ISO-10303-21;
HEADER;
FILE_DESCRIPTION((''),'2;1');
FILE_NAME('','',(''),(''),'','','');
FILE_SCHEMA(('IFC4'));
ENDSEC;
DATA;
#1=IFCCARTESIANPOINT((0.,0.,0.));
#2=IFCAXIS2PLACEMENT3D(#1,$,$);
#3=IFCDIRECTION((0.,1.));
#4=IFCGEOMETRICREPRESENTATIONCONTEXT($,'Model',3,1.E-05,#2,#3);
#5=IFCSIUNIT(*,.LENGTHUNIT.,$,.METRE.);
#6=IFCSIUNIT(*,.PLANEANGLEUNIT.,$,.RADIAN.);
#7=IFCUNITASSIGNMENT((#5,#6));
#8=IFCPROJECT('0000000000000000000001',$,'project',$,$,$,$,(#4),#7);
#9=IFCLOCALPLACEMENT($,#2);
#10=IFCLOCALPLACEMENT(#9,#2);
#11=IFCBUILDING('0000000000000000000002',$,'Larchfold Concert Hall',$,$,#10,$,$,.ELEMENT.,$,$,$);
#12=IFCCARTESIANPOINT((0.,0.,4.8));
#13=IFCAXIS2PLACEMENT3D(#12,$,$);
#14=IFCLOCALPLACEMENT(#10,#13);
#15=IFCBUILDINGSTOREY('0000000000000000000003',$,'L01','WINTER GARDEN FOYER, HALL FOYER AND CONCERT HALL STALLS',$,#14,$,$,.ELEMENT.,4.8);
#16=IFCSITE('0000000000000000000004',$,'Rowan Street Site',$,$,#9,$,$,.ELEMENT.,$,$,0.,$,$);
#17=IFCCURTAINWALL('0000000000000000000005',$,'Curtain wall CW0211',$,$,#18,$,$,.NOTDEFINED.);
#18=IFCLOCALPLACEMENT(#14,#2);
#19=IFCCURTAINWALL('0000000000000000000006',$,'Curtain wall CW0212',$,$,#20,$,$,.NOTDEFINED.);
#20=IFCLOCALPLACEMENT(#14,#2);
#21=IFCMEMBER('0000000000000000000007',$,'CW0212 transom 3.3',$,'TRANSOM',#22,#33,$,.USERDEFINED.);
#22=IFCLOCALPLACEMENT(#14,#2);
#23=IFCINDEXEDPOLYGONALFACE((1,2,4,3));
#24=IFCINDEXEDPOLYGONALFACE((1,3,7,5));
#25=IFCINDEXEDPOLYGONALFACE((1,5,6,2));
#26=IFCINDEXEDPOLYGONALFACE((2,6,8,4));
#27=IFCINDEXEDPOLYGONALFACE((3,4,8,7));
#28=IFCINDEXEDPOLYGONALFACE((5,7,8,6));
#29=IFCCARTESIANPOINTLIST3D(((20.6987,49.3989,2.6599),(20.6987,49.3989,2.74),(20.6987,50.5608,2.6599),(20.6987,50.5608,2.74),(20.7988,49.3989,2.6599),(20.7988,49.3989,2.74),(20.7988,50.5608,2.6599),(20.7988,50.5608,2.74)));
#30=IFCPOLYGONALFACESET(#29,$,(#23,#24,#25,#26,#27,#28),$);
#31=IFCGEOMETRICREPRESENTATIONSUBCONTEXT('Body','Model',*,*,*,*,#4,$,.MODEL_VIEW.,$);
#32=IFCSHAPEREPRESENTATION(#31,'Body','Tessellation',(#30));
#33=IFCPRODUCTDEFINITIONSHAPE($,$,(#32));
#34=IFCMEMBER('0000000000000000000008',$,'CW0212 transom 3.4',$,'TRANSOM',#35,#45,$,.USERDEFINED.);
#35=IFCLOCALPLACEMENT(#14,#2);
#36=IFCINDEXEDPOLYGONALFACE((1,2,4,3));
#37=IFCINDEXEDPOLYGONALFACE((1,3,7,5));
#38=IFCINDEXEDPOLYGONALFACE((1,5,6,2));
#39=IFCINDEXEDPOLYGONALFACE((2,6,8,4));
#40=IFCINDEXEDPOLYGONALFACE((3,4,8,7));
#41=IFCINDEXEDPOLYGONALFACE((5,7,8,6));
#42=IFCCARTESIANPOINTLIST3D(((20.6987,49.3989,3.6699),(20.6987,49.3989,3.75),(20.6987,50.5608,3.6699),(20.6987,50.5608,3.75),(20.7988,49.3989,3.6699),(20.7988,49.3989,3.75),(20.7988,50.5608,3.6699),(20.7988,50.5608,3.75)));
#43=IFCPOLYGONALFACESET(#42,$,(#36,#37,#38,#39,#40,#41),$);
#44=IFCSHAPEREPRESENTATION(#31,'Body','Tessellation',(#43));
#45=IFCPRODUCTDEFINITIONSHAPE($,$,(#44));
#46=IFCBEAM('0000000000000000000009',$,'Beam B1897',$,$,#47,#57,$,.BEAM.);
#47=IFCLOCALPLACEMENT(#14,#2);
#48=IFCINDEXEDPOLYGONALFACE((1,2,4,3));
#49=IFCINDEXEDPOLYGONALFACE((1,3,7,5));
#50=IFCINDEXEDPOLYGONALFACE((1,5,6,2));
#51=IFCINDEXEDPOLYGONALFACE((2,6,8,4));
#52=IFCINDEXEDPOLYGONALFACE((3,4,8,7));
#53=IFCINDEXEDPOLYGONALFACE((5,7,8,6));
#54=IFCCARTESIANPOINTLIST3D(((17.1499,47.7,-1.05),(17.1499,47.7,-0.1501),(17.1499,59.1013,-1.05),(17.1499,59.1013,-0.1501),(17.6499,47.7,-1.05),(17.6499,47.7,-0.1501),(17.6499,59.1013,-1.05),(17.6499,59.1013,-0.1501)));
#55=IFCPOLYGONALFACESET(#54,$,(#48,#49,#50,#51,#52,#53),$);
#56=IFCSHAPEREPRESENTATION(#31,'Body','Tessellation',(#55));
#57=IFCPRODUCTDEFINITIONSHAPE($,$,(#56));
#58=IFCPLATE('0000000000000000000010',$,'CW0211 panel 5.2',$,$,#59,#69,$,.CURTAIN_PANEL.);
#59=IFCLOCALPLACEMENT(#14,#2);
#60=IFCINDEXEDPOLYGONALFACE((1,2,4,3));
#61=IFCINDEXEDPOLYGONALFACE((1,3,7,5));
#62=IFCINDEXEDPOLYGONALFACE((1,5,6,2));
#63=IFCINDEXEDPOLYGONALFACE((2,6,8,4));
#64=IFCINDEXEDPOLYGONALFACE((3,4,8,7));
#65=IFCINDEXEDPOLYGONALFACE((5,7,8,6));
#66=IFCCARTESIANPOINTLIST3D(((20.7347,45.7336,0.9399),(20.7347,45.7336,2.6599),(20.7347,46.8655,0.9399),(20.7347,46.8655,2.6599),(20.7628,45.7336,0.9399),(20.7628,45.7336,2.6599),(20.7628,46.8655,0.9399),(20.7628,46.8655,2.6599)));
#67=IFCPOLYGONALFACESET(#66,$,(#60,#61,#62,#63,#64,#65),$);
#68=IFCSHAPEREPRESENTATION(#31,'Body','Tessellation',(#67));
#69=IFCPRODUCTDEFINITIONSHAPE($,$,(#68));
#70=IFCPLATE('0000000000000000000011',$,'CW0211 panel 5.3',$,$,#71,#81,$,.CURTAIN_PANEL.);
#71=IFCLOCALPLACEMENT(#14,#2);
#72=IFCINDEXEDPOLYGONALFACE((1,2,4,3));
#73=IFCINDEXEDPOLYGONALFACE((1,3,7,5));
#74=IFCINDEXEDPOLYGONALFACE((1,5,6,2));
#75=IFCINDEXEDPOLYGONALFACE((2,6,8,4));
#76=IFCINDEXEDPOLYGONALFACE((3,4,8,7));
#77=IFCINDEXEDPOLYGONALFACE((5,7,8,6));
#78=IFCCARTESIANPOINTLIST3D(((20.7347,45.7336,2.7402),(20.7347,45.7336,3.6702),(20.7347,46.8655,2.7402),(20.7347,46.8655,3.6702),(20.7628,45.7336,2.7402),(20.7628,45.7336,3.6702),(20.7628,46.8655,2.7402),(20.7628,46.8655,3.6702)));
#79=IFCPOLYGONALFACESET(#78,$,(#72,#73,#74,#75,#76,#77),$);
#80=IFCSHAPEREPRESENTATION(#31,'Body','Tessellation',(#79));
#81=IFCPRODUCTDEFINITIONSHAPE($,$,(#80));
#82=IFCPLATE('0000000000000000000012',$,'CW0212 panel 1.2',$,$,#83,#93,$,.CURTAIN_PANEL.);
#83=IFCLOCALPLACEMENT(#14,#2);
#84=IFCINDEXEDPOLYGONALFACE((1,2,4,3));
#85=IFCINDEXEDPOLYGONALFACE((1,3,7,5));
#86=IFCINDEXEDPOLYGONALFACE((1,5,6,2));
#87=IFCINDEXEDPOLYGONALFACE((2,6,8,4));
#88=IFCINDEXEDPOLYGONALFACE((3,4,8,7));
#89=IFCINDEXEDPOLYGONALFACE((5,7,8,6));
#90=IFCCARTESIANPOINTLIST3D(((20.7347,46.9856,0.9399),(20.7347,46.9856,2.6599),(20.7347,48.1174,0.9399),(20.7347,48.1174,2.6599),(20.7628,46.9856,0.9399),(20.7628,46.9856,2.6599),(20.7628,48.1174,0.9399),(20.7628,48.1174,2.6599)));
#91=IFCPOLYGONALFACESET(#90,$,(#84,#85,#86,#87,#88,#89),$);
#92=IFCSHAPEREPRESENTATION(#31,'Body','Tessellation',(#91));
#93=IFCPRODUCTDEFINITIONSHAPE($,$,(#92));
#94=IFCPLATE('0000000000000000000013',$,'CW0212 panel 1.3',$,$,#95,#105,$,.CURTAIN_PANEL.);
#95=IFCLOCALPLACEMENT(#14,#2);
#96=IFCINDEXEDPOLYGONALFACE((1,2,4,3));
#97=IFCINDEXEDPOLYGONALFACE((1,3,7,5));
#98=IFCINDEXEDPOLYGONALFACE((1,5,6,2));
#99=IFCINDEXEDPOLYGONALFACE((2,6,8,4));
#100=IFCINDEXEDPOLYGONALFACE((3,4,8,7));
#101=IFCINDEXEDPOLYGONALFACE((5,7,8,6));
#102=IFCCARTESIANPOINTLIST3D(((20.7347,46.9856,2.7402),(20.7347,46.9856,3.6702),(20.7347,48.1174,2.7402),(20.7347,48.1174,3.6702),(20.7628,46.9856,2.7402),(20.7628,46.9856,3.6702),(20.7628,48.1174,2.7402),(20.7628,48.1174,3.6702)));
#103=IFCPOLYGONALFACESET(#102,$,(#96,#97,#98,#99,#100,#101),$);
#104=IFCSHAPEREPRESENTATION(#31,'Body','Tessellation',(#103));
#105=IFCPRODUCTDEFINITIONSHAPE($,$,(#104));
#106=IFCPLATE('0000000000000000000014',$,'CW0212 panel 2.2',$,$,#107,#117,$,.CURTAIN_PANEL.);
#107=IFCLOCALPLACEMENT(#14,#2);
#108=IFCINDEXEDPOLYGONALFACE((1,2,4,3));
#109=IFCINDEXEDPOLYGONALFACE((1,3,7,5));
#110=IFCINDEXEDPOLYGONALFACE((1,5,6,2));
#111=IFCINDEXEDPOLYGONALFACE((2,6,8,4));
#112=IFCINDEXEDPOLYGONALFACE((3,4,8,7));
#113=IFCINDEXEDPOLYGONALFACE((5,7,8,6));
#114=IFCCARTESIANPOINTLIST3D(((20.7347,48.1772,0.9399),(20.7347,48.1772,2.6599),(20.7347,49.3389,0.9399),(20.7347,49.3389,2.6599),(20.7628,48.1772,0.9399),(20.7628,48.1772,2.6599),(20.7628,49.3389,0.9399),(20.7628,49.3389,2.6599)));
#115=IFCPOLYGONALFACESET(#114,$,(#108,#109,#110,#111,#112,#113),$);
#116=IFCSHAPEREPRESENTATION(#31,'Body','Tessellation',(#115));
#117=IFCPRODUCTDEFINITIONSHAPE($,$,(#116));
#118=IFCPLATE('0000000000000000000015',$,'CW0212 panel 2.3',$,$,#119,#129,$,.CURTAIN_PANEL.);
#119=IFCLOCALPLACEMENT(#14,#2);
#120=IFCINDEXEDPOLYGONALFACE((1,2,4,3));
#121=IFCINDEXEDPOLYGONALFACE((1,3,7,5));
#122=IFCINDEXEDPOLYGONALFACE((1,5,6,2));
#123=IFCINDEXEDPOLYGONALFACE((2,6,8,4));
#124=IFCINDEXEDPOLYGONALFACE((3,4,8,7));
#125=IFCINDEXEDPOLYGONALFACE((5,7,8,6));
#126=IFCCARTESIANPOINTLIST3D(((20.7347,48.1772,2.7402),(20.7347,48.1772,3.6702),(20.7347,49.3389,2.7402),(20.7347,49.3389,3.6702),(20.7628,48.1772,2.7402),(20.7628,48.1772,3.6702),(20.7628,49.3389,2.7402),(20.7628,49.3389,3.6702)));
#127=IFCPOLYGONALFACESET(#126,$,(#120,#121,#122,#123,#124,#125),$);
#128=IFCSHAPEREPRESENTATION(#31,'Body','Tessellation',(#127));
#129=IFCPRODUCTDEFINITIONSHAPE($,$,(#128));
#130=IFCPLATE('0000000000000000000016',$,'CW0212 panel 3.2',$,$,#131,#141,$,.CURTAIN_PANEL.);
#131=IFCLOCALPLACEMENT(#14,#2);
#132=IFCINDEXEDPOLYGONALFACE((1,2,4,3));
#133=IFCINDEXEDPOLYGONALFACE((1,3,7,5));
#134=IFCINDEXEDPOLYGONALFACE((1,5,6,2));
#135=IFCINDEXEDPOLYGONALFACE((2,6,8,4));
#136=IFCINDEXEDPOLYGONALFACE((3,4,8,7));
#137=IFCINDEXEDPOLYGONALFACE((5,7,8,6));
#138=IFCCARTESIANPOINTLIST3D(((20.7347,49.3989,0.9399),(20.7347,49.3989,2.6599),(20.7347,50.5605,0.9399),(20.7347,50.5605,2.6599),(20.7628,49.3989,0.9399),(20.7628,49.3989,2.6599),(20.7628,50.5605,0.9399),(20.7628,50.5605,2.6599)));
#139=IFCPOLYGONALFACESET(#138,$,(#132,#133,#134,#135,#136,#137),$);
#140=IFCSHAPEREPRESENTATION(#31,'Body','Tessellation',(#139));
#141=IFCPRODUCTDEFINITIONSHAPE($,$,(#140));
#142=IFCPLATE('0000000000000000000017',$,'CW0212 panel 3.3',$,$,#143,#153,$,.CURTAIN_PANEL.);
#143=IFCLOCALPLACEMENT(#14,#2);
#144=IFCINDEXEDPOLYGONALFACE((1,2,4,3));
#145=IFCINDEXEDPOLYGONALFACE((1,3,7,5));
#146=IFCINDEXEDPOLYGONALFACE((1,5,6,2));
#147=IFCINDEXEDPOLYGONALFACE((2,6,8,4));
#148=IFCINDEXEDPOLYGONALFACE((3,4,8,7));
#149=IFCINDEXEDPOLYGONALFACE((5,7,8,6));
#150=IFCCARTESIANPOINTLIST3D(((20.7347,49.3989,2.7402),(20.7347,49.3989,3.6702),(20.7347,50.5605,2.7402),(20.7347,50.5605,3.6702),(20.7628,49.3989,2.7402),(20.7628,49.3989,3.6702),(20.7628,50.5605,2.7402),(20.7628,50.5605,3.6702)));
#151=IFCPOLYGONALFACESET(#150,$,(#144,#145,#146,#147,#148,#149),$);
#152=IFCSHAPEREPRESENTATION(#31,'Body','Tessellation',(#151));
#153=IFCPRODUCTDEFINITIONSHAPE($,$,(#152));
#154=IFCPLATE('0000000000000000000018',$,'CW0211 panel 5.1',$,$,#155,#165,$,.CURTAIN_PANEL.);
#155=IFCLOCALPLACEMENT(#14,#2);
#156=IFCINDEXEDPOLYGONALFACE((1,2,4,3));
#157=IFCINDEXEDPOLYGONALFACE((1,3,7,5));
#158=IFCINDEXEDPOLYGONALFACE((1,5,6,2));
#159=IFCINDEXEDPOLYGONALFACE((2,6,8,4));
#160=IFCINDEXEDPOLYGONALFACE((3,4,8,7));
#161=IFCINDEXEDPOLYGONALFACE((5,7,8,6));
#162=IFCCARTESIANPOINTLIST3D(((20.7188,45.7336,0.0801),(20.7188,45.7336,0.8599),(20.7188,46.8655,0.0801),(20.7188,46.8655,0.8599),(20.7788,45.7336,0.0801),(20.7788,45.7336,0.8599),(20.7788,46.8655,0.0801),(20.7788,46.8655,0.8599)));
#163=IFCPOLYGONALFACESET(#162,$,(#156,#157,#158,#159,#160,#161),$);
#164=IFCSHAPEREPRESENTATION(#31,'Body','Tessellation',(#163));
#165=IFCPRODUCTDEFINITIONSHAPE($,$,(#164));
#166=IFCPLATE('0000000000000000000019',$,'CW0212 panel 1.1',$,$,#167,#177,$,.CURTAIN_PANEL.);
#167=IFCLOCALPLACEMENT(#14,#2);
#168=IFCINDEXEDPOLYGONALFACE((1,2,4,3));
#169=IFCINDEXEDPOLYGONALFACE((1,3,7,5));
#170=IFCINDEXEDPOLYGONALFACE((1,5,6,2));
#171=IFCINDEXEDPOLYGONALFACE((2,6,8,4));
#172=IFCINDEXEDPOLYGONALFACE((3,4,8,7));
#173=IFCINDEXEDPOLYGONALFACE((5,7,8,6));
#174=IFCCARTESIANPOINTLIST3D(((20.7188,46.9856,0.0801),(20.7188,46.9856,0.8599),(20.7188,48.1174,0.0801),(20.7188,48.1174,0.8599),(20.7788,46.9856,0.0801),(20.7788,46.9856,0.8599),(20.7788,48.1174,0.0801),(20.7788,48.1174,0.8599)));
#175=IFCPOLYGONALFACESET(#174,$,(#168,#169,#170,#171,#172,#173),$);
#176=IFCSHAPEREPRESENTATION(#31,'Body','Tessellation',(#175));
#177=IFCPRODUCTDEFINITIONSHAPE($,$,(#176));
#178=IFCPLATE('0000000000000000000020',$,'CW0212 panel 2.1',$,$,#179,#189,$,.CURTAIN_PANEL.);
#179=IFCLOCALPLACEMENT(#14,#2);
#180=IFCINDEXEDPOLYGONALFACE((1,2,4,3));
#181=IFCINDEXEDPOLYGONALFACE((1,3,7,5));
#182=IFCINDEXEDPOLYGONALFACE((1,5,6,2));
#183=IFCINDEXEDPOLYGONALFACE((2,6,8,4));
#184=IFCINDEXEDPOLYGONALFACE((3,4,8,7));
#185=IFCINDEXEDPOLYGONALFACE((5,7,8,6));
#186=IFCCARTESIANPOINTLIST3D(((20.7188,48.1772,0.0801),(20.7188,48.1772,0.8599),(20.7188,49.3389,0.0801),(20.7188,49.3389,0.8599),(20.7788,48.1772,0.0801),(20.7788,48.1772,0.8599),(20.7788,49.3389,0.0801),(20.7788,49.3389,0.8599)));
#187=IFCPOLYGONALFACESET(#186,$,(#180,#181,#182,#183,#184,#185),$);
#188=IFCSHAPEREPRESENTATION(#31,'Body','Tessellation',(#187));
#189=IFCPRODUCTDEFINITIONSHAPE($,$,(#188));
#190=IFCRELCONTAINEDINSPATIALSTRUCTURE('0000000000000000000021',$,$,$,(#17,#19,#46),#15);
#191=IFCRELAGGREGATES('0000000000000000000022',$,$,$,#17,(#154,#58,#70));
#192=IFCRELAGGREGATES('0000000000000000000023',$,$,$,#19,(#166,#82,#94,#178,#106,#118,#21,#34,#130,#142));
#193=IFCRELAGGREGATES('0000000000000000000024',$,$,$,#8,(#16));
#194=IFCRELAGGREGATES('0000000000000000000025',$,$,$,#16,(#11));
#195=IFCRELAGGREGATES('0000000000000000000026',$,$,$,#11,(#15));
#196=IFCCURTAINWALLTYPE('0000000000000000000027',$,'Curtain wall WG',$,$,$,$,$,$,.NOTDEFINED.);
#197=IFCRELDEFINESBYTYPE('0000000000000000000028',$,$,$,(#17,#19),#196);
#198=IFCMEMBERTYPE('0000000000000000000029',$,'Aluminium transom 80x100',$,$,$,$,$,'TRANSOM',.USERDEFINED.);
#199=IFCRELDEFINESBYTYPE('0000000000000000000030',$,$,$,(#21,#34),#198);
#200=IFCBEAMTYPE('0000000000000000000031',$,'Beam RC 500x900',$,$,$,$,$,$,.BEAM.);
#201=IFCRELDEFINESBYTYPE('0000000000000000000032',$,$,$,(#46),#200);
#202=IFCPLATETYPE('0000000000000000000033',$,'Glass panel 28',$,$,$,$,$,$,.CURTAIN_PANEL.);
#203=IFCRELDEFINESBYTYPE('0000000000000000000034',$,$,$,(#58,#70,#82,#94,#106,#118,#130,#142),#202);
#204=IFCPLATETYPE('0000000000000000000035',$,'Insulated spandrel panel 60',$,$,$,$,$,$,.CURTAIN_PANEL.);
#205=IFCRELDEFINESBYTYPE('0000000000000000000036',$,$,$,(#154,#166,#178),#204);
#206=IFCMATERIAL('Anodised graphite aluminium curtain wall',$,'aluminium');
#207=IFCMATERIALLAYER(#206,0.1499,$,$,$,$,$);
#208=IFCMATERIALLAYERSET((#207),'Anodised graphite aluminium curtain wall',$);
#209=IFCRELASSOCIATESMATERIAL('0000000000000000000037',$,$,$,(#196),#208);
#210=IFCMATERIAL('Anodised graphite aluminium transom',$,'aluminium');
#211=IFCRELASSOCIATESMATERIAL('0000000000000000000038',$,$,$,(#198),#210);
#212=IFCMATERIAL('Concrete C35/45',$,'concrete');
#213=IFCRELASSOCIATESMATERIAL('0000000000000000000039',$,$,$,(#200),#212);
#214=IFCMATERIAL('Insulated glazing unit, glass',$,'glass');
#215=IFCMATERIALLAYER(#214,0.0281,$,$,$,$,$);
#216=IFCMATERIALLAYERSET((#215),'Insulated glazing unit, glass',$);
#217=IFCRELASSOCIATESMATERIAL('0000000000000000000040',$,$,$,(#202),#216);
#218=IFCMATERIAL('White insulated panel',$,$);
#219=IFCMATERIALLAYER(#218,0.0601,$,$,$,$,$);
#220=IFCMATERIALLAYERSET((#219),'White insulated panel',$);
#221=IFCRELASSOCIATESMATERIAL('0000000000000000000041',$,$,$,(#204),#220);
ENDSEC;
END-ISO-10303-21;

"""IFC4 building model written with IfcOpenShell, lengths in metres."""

from ifc_helpers import new_model, si_unit, direction, frame, origin, origin_2d, place, context, subcontext, project, spatial, rectangle, extrude, material, layer, layer_set, material_profile, profile_set, type_object, element, aggregate, save


model = new_model("IFC4")

# Units and contexts
model_context = context("Model", 3, precision=1e-05, world=origin(), true_north=direction((0.0, 1.0)))
body_context = subcontext(model_context, "Body", "Model", "MODEL_VIEW")
ifc_project = project(units=[si_unit("LENGTHUNIT", "METRE"), si_unit("PLANEANGLEUNIT", "RADIAN")], contexts=[model_context])

# Site, building, storey
site_placement = place(None, origin())
site = spatial("IfcSite", under=ifc_project, at=site_placement, Name="Rowan Street Site", CompositionType="ELEMENT", RefElevation=0.0)
building_placement = place(site_placement, origin())
building = spatial("IfcBuilding", under=site, at=building_placement, Name="Larchfold Concert Hall", CompositionType="ELEMENT")
storey_placement = place(building_placement, frame((0.0, 0.0, 4.8)))
storey = spatial("IfcBuildingStorey", under=building, at=storey_placement, Name="L01", Description="WINTER GARDEN FOYER, HALL FOYER AND CONCERT HALL STALLS", CompositionType="ELEMENT", Elevation=4.8)

# Curtain wall
ifc_material_1 = material(Name="Anodised graphite aluminium curtain wall", Category="aluminium")
ifc_layer_1 = layer(ifc_material_1, 0.1499)
ifc_layer_set_1 = layer_set([ifc_layer_1], Name="Anodised graphite aluminium curtain wall")
curtain_wall_type = type_object("IfcCurtainWallType", Name="Curtain wall WG", PredefinedType="NOTDEFINED", material=ifc_layer_set_1)
curtain_wall_1_placement = place(storey_placement, origin())
curtain_wall_1 = element("IfcCurtainWall", 1, at=curtain_wall_1_placement, inside=storey, type_object=curtain_wall_type, Name="Curtain wall CW0211", PredefinedType="NOTDEFINED")

# Curtain wall, members
curtain_wall_2_placement = place(storey_placement, origin())
curtain_wall_2 = element("IfcCurtainWall", 2, at=curtain_wall_2_placement, inside=storey, type_object=curtain_wall_type, Name="Curtain wall CW0212", PredefinedType="NOTDEFINED")
ifc_material_2 = material(Name="Anodised graphite aluminium transom", Category="aluminium")
ifc_material_profile_1 = material_profile(ifc_material_2, rectangle(XDim=0.1001, YDim=0.0801, at=origin_2d()))
ifc_profile_set_1 = profile_set([ifc_material_profile_1], Name="Anodised graphite aluminium transom")
member_type_1 = type_object("IfcMemberType", Name="Aluminium transom 80x100", ElementType="TRANSOM", PredefinedType="USERDEFINED", material=ifc_profile_set_1)
member_1_placement = place(storey_placement, frame((20.7488, 49.3989, 2.7), z_axis=(0.0, 1.0, 0.0), x_axis=(-1.0, 0.0, 0.0)))
member_1 = element("IfcMember", 3, at=member_1_placement, type_object=member_type_1, Name="CW0212 transom 3.3", ObjectType="TRANSOM", PredefinedType="USERDEFINED", context=body_context, shape_type="SweptSolid", body=[
    extrude(rectangle(XDim=0.1001, YDim=0.0801, at=origin_2d()), origin(), (0.0, 0.0, 1.0), 1.1619),
])
member_2_placement = place(storey_placement, frame((20.7488, 49.3989, 3.71), z_axis=(0.0, 1.0, 0.0), x_axis=(-1.0, 0.0, 0.0)))
member_2 = element("IfcMember", 4, at=member_2_placement, type_object=member_type_1, Name="CW0212 transom 3.4", ObjectType="TRANSOM", PredefinedType="USERDEFINED", context=body_context, shape_type="SweptSolid", body=[
    extrude(rectangle(XDim=0.1001, YDim=0.0801, at=origin_2d()), origin(), (0.0, 0.0, 1.0), 1.1619),
])

# Beam
ifc_material_3 = material(Name="Concrete C35/45", Category="concrete")
ifc_material_profile_2 = material_profile(ifc_material_3, rectangle(XDim=0.5, YDim=0.8999, at=origin_2d()))
ifc_profile_set_2 = profile_set([ifc_material_profile_2], Name="Concrete C35/45")
beam_type = type_object("IfcBeamType", Name="Beam RC 500x900", PredefinedType="BEAM", material=ifc_profile_set_2)
beam_placement = place(storey_placement, frame((17.3999, 47.7, -0.6001), z_axis=(0.0, 1.0, 0.0), x_axis=(-1.0, 0.0, 0.0)))
element("IfcBeam", 5, at=beam_placement, inside=storey, type_object=beam_type, Name="Beam B1897", PredefinedType="BEAM", context=body_context, shape_type="SweptSolid", body=[
    extrude(rectangle(XDim=0.5, YDim=0.8999, at=origin_2d()), origin(), (0.0, 0.0, 1.0), 11.4014),
])

# Plates
ifc_material_4 = material(Name="Insulated glazing unit, glass", Category="glass")
ifc_layer_2 = layer(ifc_material_4, 0.0281)
ifc_layer_set_2 = layer_set([ifc_layer_2], Name="Insulated glazing unit, glass")
plate_type_1 = type_object("IfcPlateType", Name="Glass panel 28", PredefinedType="CURTAIN_PANEL", material=ifc_layer_set_2)
plate_1_placement = place(storey_placement, frame((20.7488, 46.2996, 0.9399), z_axis=(0.0, 0.0, 1.0), x_axis=(0.0, 1.0, 0.0)))
plate_1 = element("IfcPlate", 6, at=plate_1_placement, type_object=plate_type_1, Name="CW0211 panel 5.2", PredefinedType="CURTAIN_PANEL", context=body_context, shape_type="SweptSolid", body=[
    extrude(rectangle(XDim=1.1318, YDim=0.0281, at=origin_2d()), origin(), (0.0, 0.0, 1.0), 1.72),
])
plate_2_placement = place(storey_placement, frame((20.7488, 46.2996, 2.7402), z_axis=(0.0, 0.0, 1.0), x_axis=(0.0, 1.0, 0.0)))
plate_2 = element("IfcPlate", 7, at=plate_2_placement, type_object=plate_type_1, Name="CW0211 panel 5.3", PredefinedType="CURTAIN_PANEL", context=body_context, shape_type="SweptSolid", body=[
    extrude(rectangle(XDim=1.1318, YDim=0.0281, at=origin_2d()), origin(), (0.0, 0.0, 1.0), 0.9299),
])
plate_3_placement = place(storey_placement, frame((20.7488, 47.5515, 0.9399), z_axis=(0.0, 0.0, 1.0), x_axis=(0.0, 1.0, 0.0)))
plate_3 = element("IfcPlate", 8, at=plate_3_placement, type_object=plate_type_1, Name="CW0212 panel 1.2", PredefinedType="CURTAIN_PANEL", context=body_context, shape_type="SweptSolid", body=[
    extrude(rectangle(XDim=1.1318, YDim=0.0281, at=origin_2d()), origin(), (0.0, 0.0, 1.0), 1.72),
])
plate_4_placement = place(storey_placement, frame((20.7488, 47.5515, 2.7402), z_axis=(0.0, 0.0, 1.0), x_axis=(0.0, 1.0, 0.0)))
plate_4 = element("IfcPlate", 9, at=plate_4_placement, type_object=plate_type_1, Name="CW0212 panel 1.3", PredefinedType="CURTAIN_PANEL", context=body_context, shape_type="SweptSolid", body=[
    extrude(rectangle(XDim=1.1318, YDim=0.0281, at=origin_2d()), origin(), (0.0, 0.0, 1.0), 0.9299),
])
plate_5_placement = place(storey_placement, frame((20.7488, 48.7581, 0.9399), z_axis=(0.0, 0.0, 1.0), x_axis=(0.0, 1.0, 0.0)))
plate_5 = element("IfcPlate", 10, at=plate_5_placement, type_object=plate_type_1, Name="CW0212 panel 2.2", PredefinedType="CURTAIN_PANEL", context=body_context, shape_type="SweptSolid", body=[
    extrude(rectangle(XDim=1.1616, YDim=0.0281, at=origin_2d()), origin(), (0.0, 0.0, 1.0), 1.72),
])
plate_6_placement = place(storey_placement, frame((20.7488, 48.7581, 2.7402), z_axis=(0.0, 0.0, 1.0), x_axis=(0.0, 1.0, 0.0)))
plate_6 = element("IfcPlate", 11, at=plate_6_placement, type_object=plate_type_1, Name="CW0212 panel 2.3", PredefinedType="CURTAIN_PANEL", context=body_context, shape_type="SweptSolid", body=[
    extrude(rectangle(XDim=1.1616, YDim=0.0281, at=origin_2d()), origin(), (0.0, 0.0, 1.0), 0.9299),
])
plate_7_placement = place(storey_placement, frame((20.7488, 49.9797, 0.9399), z_axis=(0.0, 0.0, 1.0), x_axis=(0.0, 1.0, 0.0)))
plate_7 = element("IfcPlate", 12, at=plate_7_placement, type_object=plate_type_1, Name="CW0212 panel 3.2", PredefinedType="CURTAIN_PANEL", context=body_context, shape_type="SweptSolid", body=[
    extrude(rectangle(XDim=1.1616, YDim=0.0281, at=origin_2d()), origin(), (0.0, 0.0, 1.0), 1.72),
])
plate_8_placement = place(storey_placement, frame((20.7488, 49.9797, 2.7402), z_axis=(0.0, 0.0, 1.0), x_axis=(0.0, 1.0, 0.0)))
plate_8 = element("IfcPlate", 13, at=plate_8_placement, type_object=plate_type_1, Name="CW0212 panel 3.3", PredefinedType="CURTAIN_PANEL", context=body_context, shape_type="SweptSolid", body=[
    extrude(rectangle(XDim=1.1616, YDim=0.0281, at=origin_2d()), origin(), (0.0, 0.0, 1.0), 0.9299),
])
ifc_material_5 = material(Name="White insulated panel")
ifc_layer_3 = layer(ifc_material_5, 0.0601)
ifc_layer_set_3 = layer_set([ifc_layer_3], Name="White insulated panel")
plate_type_2 = type_object("IfcPlateType", Name="Insulated spandrel panel 60", PredefinedType="CURTAIN_PANEL", material=ifc_layer_set_3)
plate_9_placement = place(storey_placement, frame((20.7488, 46.2996, 0.0801), z_axis=(0.0, 0.0, 1.0), x_axis=(0.0, 1.0, 0.0)))
plate_9 = element("IfcPlate", 14, at=plate_9_placement, type_object=plate_type_2, Name="CW0211 panel 5.1", PredefinedType="CURTAIN_PANEL", context=body_context, shape_type="SweptSolid", body=[
    extrude(rectangle(XDim=1.1318, YDim=0.0601, at=origin_2d()), origin(), (0.0, 0.0, 1.0), 0.7798),
])
aggregate(curtain_wall_1, [plate_9, plate_1, plate_2])
plate_10_placement = place(storey_placement, frame((20.7488, 47.5515, 0.0801), z_axis=(0.0, 0.0, 1.0), x_axis=(0.0, 1.0, 0.0)))
plate_10 = element("IfcPlate", 15, at=plate_10_placement, type_object=plate_type_2, Name="CW0212 panel 1.1", PredefinedType="CURTAIN_PANEL", context=body_context, shape_type="SweptSolid", body=[
    extrude(rectangle(XDim=1.1318, YDim=0.0601, at=origin_2d()), origin(), (0.0, 0.0, 1.0), 0.7798),
])
plate_11_placement = place(storey_placement, frame((20.7488, 48.7581, 0.0801), z_axis=(0.0, 0.0, 1.0), x_axis=(0.0, 1.0, 0.0)))
plate_11 = element("IfcPlate", 16, at=plate_11_placement, type_object=plate_type_2, Name="CW0212 panel 2.1", PredefinedType="CURTAIN_PANEL", context=body_context, shape_type="SweptSolid", body=[
    extrude(rectangle(XDim=1.1616, YDim=0.0601, at=origin_2d()), origin(), (0.0, 0.0, 1.0), 0.7798),
])
aggregate(curtain_wall_2, [plate_10, plate_3, plate_4, plate_11, plate_5, plate_6, member_1, member_2, plate_7, plate_8])

save(model, "model.ifc")
